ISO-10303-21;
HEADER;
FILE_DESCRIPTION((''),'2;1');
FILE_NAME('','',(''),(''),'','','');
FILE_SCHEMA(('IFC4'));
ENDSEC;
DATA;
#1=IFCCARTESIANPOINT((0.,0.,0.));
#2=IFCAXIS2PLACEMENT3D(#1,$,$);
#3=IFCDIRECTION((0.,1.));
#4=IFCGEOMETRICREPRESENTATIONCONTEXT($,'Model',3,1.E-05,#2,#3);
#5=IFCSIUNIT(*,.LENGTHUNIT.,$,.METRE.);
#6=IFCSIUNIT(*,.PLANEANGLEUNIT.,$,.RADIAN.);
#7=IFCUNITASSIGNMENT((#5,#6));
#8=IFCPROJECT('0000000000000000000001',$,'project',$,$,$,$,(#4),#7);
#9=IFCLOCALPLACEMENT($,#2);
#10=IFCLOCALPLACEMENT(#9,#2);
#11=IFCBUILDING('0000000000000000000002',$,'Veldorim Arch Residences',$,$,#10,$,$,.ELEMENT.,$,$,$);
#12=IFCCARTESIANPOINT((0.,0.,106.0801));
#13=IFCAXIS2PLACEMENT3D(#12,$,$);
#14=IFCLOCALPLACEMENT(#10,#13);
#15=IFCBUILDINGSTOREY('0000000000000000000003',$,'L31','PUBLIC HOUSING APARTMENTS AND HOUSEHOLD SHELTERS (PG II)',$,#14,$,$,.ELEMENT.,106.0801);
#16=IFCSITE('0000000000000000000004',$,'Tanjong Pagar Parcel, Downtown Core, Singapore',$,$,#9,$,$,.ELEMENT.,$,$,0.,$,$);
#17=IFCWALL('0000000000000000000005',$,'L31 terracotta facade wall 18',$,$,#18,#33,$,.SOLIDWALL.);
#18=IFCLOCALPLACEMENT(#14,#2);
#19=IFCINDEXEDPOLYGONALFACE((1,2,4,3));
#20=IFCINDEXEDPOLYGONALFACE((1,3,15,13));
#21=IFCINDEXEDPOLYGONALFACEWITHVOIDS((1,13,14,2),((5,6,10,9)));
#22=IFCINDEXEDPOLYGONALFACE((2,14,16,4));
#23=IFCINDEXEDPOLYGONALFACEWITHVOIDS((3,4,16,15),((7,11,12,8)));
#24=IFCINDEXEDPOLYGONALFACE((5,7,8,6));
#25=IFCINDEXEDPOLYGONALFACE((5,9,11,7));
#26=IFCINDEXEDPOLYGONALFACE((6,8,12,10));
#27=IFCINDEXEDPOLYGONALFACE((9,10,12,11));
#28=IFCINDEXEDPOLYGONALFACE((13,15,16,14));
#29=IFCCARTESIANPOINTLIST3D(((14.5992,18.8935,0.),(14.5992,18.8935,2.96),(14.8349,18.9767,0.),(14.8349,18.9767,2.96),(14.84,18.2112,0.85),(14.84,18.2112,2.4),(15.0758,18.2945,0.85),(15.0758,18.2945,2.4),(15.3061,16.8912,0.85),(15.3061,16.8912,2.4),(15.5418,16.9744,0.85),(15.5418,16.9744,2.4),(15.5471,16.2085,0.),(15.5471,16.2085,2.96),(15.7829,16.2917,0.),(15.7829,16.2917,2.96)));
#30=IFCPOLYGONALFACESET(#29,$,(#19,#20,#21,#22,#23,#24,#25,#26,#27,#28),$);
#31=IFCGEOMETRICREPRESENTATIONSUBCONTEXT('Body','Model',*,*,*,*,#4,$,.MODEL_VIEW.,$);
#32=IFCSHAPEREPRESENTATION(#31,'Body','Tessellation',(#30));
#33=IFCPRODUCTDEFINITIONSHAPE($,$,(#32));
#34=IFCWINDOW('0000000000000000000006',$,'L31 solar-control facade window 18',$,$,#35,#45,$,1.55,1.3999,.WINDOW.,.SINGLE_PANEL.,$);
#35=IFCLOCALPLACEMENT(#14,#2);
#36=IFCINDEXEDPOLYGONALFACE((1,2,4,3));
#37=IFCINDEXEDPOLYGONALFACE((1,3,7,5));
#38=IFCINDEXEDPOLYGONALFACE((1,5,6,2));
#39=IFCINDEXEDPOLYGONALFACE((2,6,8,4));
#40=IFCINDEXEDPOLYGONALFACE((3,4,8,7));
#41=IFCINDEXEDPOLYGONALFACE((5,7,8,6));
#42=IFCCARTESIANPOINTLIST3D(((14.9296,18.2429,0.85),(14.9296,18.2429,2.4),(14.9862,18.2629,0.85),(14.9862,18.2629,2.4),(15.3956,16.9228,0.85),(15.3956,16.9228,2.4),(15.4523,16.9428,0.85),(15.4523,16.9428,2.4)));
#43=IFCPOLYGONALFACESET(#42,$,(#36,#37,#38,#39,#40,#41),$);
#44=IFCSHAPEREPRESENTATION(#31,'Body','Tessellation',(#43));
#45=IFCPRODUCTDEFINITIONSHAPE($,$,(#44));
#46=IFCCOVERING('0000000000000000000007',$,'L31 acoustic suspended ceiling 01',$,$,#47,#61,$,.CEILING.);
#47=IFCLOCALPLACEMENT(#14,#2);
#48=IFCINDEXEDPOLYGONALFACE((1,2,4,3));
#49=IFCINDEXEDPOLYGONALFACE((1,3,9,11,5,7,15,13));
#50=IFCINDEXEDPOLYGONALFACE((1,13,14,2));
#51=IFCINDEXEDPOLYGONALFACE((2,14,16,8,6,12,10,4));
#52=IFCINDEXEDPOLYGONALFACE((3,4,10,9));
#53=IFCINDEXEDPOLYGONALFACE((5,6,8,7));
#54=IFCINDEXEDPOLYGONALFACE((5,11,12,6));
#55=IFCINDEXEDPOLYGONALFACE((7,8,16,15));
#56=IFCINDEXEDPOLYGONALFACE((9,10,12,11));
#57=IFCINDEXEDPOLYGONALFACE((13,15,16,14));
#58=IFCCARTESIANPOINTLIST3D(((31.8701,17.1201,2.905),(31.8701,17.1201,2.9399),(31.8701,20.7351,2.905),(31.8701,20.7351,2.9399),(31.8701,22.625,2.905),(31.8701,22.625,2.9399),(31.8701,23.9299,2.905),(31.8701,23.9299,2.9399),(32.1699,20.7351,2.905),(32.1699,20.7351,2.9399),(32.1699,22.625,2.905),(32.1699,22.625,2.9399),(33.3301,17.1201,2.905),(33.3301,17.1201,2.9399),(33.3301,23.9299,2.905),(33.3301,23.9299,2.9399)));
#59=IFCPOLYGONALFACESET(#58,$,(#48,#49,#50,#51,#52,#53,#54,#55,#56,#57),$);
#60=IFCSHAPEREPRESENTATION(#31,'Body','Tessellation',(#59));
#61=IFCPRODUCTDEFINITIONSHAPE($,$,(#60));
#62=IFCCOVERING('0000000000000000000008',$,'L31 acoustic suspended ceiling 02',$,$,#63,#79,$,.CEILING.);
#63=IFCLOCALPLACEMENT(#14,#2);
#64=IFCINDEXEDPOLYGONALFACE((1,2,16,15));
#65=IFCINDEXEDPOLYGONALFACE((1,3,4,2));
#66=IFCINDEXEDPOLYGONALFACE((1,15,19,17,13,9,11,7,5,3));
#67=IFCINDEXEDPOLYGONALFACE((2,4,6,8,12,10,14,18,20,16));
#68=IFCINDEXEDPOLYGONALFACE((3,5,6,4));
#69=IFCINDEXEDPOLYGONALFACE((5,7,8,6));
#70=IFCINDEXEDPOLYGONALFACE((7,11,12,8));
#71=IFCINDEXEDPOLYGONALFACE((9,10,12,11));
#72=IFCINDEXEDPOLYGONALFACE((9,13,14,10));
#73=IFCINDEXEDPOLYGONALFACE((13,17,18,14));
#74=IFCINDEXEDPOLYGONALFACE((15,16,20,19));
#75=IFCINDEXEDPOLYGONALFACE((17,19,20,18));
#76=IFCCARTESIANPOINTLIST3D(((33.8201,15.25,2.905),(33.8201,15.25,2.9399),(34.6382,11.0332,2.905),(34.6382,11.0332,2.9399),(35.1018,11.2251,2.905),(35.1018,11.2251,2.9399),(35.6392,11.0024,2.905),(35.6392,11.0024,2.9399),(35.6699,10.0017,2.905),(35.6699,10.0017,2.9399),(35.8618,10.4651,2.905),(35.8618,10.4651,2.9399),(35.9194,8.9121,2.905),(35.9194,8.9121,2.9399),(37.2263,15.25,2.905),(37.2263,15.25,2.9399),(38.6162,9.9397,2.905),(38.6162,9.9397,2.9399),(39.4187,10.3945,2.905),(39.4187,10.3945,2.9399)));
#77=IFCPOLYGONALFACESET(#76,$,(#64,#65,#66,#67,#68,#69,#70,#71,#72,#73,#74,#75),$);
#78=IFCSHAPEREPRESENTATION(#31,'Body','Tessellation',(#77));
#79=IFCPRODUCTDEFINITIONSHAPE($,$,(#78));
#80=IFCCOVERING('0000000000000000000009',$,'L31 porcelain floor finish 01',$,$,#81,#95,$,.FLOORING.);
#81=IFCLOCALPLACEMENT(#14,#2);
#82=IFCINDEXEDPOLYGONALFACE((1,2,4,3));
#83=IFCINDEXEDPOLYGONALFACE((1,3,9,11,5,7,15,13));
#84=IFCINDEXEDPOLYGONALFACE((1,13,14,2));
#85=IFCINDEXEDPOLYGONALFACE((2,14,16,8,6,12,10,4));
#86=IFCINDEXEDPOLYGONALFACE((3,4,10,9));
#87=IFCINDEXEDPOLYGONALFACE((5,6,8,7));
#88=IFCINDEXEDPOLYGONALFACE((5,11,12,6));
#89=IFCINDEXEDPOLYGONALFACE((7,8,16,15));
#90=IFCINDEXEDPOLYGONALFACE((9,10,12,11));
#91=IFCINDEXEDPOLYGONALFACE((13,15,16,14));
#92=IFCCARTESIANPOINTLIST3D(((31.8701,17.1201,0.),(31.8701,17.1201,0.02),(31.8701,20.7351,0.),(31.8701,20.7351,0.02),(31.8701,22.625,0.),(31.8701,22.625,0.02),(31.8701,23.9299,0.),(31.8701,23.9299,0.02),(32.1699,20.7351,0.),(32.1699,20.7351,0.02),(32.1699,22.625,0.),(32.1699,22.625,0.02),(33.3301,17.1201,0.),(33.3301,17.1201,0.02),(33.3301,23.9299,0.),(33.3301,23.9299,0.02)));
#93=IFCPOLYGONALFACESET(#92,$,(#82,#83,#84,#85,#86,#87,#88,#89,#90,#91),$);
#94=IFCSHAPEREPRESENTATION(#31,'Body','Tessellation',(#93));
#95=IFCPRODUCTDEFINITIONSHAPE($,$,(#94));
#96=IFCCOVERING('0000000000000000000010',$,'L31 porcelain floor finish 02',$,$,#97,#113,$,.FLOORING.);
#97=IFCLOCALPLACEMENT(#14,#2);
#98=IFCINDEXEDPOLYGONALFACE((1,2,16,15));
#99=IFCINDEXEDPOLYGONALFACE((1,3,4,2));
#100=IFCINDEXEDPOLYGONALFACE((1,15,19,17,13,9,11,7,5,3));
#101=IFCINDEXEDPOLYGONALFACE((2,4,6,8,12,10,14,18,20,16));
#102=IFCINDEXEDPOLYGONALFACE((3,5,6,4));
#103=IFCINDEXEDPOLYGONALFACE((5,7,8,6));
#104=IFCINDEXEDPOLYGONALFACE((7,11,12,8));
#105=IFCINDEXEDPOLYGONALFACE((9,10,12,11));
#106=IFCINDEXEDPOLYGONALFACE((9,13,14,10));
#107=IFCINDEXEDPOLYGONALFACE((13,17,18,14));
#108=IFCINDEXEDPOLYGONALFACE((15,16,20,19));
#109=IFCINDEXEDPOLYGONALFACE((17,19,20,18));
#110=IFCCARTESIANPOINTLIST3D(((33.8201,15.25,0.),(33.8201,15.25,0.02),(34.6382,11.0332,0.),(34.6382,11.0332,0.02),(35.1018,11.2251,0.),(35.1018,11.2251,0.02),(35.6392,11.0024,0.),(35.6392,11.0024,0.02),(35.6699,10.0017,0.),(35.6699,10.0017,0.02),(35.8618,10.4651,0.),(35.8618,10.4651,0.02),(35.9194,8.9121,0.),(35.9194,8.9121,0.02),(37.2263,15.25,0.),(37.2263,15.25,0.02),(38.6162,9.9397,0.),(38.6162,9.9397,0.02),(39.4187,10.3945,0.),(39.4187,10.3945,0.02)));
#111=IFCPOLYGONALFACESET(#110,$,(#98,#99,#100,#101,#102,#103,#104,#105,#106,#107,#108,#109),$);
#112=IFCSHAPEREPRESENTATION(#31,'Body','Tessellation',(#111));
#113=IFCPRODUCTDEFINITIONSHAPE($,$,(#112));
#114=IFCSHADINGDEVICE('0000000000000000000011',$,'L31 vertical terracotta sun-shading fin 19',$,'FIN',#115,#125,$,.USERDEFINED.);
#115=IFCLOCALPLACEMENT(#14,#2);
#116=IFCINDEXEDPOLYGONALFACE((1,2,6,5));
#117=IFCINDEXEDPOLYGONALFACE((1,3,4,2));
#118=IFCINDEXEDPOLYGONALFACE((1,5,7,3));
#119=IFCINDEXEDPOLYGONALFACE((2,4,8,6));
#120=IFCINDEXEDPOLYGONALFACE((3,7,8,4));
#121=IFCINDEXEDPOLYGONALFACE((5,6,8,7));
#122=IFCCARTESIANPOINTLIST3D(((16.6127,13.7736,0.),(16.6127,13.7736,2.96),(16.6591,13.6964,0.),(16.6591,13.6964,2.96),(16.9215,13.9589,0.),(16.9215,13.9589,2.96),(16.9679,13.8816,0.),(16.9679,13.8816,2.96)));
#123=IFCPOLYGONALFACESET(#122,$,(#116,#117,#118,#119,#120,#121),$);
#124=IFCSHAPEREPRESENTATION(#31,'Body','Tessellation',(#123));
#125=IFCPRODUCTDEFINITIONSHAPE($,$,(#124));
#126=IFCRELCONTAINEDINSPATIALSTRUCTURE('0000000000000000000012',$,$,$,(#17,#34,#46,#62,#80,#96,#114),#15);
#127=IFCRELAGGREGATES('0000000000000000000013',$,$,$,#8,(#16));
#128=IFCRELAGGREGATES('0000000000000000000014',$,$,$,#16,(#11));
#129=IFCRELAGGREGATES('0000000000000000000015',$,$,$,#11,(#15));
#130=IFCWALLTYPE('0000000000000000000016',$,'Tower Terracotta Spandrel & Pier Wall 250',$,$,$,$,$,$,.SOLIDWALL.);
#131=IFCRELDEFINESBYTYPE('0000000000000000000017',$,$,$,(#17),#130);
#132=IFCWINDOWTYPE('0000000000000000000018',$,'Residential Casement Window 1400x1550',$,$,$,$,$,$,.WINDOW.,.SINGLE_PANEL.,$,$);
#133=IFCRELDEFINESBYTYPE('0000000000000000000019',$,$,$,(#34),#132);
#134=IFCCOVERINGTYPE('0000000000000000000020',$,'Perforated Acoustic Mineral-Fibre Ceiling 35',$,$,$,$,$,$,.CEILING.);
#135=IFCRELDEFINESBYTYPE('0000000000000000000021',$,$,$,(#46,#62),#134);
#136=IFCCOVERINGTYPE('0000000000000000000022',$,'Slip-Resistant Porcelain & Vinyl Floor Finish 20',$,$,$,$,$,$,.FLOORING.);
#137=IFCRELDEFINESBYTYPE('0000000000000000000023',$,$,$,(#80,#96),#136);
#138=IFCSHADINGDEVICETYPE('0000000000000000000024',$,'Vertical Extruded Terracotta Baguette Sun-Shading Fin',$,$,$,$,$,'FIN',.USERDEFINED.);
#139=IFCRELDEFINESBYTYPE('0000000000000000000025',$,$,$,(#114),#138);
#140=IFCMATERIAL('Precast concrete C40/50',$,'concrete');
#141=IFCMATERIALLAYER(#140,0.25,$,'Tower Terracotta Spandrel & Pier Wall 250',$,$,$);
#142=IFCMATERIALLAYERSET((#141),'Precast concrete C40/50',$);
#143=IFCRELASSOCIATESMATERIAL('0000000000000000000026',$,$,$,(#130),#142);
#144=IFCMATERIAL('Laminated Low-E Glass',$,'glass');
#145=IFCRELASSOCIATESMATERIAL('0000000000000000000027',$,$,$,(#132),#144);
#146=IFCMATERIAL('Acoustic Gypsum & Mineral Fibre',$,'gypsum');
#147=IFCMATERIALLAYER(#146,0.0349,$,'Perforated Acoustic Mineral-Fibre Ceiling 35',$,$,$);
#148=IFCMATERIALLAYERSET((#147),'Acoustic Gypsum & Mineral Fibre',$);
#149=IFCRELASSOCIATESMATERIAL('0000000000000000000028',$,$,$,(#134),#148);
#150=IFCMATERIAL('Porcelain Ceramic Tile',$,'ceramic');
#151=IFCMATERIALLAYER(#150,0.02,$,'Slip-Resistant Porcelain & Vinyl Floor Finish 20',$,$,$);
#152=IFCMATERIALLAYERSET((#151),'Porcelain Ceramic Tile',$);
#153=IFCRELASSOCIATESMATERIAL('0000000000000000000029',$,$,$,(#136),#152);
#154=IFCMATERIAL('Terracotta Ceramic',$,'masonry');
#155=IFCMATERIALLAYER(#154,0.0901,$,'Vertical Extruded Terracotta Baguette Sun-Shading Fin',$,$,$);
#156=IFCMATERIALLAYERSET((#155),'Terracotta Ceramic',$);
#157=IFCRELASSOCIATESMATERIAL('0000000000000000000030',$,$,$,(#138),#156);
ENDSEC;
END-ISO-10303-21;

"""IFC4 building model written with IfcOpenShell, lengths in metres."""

from ifc_helpers import new_model, si_unit, direction, frame, frame_2d, origin, origin_2d, place, context, subcontext, project, spatial, polyline, rectangle, outline, extrude, material, layer, layer_set, type_object, element, fill, save


model = new_model("IFC4")

# Units and contexts
model_context = context("Model", 3, precision=1e-05, world=origin(), true_north=direction((0.0, 1.0)))
body_context = subcontext(model_context, "Body", "Model", "MODEL_VIEW")
ifc_project = project(units=[si_unit("LENGTHUNIT", "METRE"), si_unit("PLANEANGLEUNIT", "RADIAN")], contexts=[model_context])

# Site, building, storey
site_placement = place(None, origin())
site = spatial("IfcSite", under=ifc_project, at=site_placement, Name="Tanjong Pagar Parcel, Downtown Core, Singapore", CompositionType="ELEMENT", RefElevation=0.0)
building_placement = place(site_placement, origin())
building = spatial("IfcBuilding", under=site, at=building_placement, Name="Veldorim Arch Residences", CompositionType="ELEMENT")
storey_placement = place(building_placement, frame((0.0, 0.0, 106.0801)))
storey = spatial("IfcBuildingStorey", under=building, at=storey_placement, Name="L31", Description="PUBLIC HOUSING APARTMENTS AND HOUSEHOLD SHELTERS (PG II)", CompositionType="ELEMENT", Elevation=106.0801)

# Shared definitions
ifc_material_1 = material(Name="Precast concrete C40/50", Category="concrete")
ifc_layer_1 = layer(ifc_material_1, 0.25, Name="Tower Terracotta Spandrel & Pier Wall 250")
ifc_layer_set_1 = layer_set([ifc_layer_1], Name="Precast concrete C40/50")
wall_type = type_object("IfcWallType", Name="Tower Terracotta Spandrel & Pier Wall 250", PredefinedType="SOLIDWALL", material=ifc_layer_set_1)

# Wall, opening, window
wall_1_placement = place(storey_placement, frame((15.665, 16.25, 0.0), z_axis=(0.0, 0.0, 1.0), x_axis=(-0.332923, 0.942954, 0.0)))
wall_1 = element("IfcWall", 1, at=wall_1_placement, inside=storey, type_object=wall_type, Name="L31 terracotta facade wall 18", PredefinedType="SOLIDWALL", context=body_context, shape_type="SweptSolid", body=[
    extrude(rectangle(XDim=2.8474, YDim=0.25, at=frame_2d((1.4238, 0.0))), origin(), (0.0, 0.0, 1.0), 2.96),
])
opening_placement = place(wall_1_placement, frame((0.7241, 0.0, 0.8501)))
opening = element("IfcOpeningElement", 2, at=opening_placement, cuts=wall_1, PredefinedType="OPENING", context=body_context, shape_type="SweptSolid", body=[
    extrude(rectangle(XDim=1.3999, YDim=1.55, at=frame_2d((0.7, 0.7749))), frame((0.0, 0.135, 0.0), z_axis=(0.0, -1.0, 0.0), x_axis=(1.0, 0.0, 0.0)), (0.0, 0.0, 1.0), 0.27),
])
ifc_material_2 = material(Name="Laminated Low-E Glass", Category="glass")
window_type = type_object("IfcWindowType", Name="Residential Casement Window 1400x1550", PartitioningType="SINGLE_PANEL", PredefinedType="WINDOW", material=ifc_material_2)
window_placement = place(opening_placement, origin())
window = element("IfcWindow", 3, at=window_placement, inside=storey, type_object=window_type, Name="L31 solar-control facade window 18", OverallHeight=1.55, OverallWidth=1.3999, PartitioningType="SINGLE_PANEL", PredefinedType="WINDOW", context=body_context, shape_type="SweptSolid", body=[
    extrude(rectangle(XDim=1.3999, YDim=1.55, at=frame_2d((0.7, 0.7749))), frame((0.0, 0.03, 0.0), z_axis=(0.0, -1.0, 0.0), x_axis=(1.0, 0.0, 0.0)), (0.0, 0.0, 1.0), 0.0601),
])
fill(opening, window)

# Coverings
ifc_material_3 = material(Name="Acoustic Gypsum & Mineral Fibre", Category="gypsum")
ifc_layer_2 = layer(ifc_material_3, 0.0349, Name="Perforated Acoustic Mineral-Fibre Ceiling 35")
ifc_layer_set_2 = layer_set([ifc_layer_2], Name="Acoustic Gypsum & Mineral Fibre")
covering_type_1 = type_object("IfcCoveringType", Name="Perforated Acoustic Mineral-Fibre Ceiling 35", PredefinedType="CEILING", material=ifc_layer_set_2)
covering_1_placement = place(storey_placement, frame((0.0, 0.0, 2.905)))
element("IfcCovering", 4, at=covering_1_placement, inside=storey, type_object=covering_type_1, Name="L31 acoustic suspended ceiling 01", PredefinedType="CEILING", context=body_context, shape_type="SweptSolid", body=[
    extrude(outline(polyline([(33.3301, 23.9299), (33.3301, 17.1201), (31.8701, 17.1201), (31.8701, 20.7351), (32.1699, 20.7351), (32.1699, 22.625), (31.8701, 22.625), (31.8701, 23.9299), (33.3301, 23.9299)])), origin(), (0.0, 0.0, 1.0), 0.0349),
])
covering_2_placement = place(storey_placement, frame((0.0, 0.0, 2.905)))
element("IfcCovering", 5, at=covering_2_placement, inside=storey, type_object=covering_type_1, Name="L31 acoustic suspended ceiling 02", PredefinedType="CEILING", context=body_context, shape_type="SweptSolid", body=[
    extrude(outline(polyline([(33.8201, 15.25), (37.2263, 15.25), (39.4187, 10.3945), (38.6162, 9.9397), (35.9194, 8.9121), (35.6699, 10.0017), (35.8618, 10.4651), (35.6392, 11.0024), (35.1018, 11.2251), (34.6382, 11.0332), (33.8201, 15.25)])), origin(), (0.0, 0.0, 1.0), 0.0349),
])
ifc_material_4 = material(Name="Porcelain Ceramic Tile", Category="ceramic")
ifc_layer_3 = layer(ifc_material_4, 0.02, Name="Slip-Resistant Porcelain & Vinyl Floor Finish 20")
ifc_layer_set_3 = layer_set([ifc_layer_3], Name="Porcelain Ceramic Tile")
covering_type_2 = type_object("IfcCoveringType", Name="Slip-Resistant Porcelain & Vinyl Floor Finish 20", PredefinedType="FLOORING", material=ifc_layer_set_3)
covering_3_placement = place(storey_placement, origin())
element("IfcCovering", 6, at=covering_3_placement, inside=storey, type_object=covering_type_2, Name="L31 porcelain floor finish 01", PredefinedType="FLOORING", context=body_context, shape_type="SweptSolid", body=[
    extrude(outline(polyline([(33.3301, 23.9299), (33.3301, 17.1201), (31.8701, 17.1201), (31.8701, 20.7351), (32.1699, 20.7351), (32.1699, 22.625), (31.8701, 22.625), (31.8701, 23.9299), (33.3301, 23.9299)])), origin(), (0.0, 0.0, 1.0), 0.02),
])
covering_4_placement = place(storey_placement, origin())
element("IfcCovering", 7, at=covering_4_placement, inside=storey, type_object=covering_type_2, Name="L31 porcelain floor finish 02", PredefinedType="FLOORING", context=body_context, shape_type="SweptSolid", body=[
    extrude(outline(polyline([(33.8201, 15.25), (37.2263, 15.25), (39.4187, 10.3945), (38.6162, 9.9397), (35.9194, 8.9121), (35.6699, 10.0017), (35.8618, 10.4651), (35.6392, 11.0024), (35.1018, 11.2251), (34.6382, 11.0332), (33.8201, 15.25)])), origin(), (0.0, 0.0, 1.0), 0.02),
])

# Shading device
ifc_material_5 = material(Name="Terracotta Ceramic", Category="masonry")
ifc_layer_4 = layer(ifc_material_5, 0.0901, Name="Vertical Extruded Terracotta Baguette Sun-Shading Fin")
ifc_layer_set_4 = layer_set([ifc_layer_4], Name="Terracotta Ceramic")
shading_device_type = type_object("IfcShadingDeviceType", Name="Vertical Extruded Terracotta Baguette Sun-Shading Fin", ElementType="FIN", PredefinedType="USERDEFINED", material=ifc_layer_set_4)
shading_device_placement = place(storey_placement, frame((16.7903, 13.8276, 0.0), z_axis=(0.0, 0.0, 1.0), x_axis=(-0.51444, 0.857527, 0.0)))
element("IfcShadingDevice", 8, at=shading_device_placement, inside=storey, type_object=shading_device_type, Name="L31 vertical terracotta sun-shading fin 19", ObjectType="FIN", PredefinedType="USERDEFINED", context=body_context, shape_type="SweptSolid", body=[
    extrude(rectangle(XDim=0.0901, YDim=0.3601, at=origin_2d()), origin(), (0.0, 0.0, 1.0), 2.96),
])

save(model, "model.ifc")
